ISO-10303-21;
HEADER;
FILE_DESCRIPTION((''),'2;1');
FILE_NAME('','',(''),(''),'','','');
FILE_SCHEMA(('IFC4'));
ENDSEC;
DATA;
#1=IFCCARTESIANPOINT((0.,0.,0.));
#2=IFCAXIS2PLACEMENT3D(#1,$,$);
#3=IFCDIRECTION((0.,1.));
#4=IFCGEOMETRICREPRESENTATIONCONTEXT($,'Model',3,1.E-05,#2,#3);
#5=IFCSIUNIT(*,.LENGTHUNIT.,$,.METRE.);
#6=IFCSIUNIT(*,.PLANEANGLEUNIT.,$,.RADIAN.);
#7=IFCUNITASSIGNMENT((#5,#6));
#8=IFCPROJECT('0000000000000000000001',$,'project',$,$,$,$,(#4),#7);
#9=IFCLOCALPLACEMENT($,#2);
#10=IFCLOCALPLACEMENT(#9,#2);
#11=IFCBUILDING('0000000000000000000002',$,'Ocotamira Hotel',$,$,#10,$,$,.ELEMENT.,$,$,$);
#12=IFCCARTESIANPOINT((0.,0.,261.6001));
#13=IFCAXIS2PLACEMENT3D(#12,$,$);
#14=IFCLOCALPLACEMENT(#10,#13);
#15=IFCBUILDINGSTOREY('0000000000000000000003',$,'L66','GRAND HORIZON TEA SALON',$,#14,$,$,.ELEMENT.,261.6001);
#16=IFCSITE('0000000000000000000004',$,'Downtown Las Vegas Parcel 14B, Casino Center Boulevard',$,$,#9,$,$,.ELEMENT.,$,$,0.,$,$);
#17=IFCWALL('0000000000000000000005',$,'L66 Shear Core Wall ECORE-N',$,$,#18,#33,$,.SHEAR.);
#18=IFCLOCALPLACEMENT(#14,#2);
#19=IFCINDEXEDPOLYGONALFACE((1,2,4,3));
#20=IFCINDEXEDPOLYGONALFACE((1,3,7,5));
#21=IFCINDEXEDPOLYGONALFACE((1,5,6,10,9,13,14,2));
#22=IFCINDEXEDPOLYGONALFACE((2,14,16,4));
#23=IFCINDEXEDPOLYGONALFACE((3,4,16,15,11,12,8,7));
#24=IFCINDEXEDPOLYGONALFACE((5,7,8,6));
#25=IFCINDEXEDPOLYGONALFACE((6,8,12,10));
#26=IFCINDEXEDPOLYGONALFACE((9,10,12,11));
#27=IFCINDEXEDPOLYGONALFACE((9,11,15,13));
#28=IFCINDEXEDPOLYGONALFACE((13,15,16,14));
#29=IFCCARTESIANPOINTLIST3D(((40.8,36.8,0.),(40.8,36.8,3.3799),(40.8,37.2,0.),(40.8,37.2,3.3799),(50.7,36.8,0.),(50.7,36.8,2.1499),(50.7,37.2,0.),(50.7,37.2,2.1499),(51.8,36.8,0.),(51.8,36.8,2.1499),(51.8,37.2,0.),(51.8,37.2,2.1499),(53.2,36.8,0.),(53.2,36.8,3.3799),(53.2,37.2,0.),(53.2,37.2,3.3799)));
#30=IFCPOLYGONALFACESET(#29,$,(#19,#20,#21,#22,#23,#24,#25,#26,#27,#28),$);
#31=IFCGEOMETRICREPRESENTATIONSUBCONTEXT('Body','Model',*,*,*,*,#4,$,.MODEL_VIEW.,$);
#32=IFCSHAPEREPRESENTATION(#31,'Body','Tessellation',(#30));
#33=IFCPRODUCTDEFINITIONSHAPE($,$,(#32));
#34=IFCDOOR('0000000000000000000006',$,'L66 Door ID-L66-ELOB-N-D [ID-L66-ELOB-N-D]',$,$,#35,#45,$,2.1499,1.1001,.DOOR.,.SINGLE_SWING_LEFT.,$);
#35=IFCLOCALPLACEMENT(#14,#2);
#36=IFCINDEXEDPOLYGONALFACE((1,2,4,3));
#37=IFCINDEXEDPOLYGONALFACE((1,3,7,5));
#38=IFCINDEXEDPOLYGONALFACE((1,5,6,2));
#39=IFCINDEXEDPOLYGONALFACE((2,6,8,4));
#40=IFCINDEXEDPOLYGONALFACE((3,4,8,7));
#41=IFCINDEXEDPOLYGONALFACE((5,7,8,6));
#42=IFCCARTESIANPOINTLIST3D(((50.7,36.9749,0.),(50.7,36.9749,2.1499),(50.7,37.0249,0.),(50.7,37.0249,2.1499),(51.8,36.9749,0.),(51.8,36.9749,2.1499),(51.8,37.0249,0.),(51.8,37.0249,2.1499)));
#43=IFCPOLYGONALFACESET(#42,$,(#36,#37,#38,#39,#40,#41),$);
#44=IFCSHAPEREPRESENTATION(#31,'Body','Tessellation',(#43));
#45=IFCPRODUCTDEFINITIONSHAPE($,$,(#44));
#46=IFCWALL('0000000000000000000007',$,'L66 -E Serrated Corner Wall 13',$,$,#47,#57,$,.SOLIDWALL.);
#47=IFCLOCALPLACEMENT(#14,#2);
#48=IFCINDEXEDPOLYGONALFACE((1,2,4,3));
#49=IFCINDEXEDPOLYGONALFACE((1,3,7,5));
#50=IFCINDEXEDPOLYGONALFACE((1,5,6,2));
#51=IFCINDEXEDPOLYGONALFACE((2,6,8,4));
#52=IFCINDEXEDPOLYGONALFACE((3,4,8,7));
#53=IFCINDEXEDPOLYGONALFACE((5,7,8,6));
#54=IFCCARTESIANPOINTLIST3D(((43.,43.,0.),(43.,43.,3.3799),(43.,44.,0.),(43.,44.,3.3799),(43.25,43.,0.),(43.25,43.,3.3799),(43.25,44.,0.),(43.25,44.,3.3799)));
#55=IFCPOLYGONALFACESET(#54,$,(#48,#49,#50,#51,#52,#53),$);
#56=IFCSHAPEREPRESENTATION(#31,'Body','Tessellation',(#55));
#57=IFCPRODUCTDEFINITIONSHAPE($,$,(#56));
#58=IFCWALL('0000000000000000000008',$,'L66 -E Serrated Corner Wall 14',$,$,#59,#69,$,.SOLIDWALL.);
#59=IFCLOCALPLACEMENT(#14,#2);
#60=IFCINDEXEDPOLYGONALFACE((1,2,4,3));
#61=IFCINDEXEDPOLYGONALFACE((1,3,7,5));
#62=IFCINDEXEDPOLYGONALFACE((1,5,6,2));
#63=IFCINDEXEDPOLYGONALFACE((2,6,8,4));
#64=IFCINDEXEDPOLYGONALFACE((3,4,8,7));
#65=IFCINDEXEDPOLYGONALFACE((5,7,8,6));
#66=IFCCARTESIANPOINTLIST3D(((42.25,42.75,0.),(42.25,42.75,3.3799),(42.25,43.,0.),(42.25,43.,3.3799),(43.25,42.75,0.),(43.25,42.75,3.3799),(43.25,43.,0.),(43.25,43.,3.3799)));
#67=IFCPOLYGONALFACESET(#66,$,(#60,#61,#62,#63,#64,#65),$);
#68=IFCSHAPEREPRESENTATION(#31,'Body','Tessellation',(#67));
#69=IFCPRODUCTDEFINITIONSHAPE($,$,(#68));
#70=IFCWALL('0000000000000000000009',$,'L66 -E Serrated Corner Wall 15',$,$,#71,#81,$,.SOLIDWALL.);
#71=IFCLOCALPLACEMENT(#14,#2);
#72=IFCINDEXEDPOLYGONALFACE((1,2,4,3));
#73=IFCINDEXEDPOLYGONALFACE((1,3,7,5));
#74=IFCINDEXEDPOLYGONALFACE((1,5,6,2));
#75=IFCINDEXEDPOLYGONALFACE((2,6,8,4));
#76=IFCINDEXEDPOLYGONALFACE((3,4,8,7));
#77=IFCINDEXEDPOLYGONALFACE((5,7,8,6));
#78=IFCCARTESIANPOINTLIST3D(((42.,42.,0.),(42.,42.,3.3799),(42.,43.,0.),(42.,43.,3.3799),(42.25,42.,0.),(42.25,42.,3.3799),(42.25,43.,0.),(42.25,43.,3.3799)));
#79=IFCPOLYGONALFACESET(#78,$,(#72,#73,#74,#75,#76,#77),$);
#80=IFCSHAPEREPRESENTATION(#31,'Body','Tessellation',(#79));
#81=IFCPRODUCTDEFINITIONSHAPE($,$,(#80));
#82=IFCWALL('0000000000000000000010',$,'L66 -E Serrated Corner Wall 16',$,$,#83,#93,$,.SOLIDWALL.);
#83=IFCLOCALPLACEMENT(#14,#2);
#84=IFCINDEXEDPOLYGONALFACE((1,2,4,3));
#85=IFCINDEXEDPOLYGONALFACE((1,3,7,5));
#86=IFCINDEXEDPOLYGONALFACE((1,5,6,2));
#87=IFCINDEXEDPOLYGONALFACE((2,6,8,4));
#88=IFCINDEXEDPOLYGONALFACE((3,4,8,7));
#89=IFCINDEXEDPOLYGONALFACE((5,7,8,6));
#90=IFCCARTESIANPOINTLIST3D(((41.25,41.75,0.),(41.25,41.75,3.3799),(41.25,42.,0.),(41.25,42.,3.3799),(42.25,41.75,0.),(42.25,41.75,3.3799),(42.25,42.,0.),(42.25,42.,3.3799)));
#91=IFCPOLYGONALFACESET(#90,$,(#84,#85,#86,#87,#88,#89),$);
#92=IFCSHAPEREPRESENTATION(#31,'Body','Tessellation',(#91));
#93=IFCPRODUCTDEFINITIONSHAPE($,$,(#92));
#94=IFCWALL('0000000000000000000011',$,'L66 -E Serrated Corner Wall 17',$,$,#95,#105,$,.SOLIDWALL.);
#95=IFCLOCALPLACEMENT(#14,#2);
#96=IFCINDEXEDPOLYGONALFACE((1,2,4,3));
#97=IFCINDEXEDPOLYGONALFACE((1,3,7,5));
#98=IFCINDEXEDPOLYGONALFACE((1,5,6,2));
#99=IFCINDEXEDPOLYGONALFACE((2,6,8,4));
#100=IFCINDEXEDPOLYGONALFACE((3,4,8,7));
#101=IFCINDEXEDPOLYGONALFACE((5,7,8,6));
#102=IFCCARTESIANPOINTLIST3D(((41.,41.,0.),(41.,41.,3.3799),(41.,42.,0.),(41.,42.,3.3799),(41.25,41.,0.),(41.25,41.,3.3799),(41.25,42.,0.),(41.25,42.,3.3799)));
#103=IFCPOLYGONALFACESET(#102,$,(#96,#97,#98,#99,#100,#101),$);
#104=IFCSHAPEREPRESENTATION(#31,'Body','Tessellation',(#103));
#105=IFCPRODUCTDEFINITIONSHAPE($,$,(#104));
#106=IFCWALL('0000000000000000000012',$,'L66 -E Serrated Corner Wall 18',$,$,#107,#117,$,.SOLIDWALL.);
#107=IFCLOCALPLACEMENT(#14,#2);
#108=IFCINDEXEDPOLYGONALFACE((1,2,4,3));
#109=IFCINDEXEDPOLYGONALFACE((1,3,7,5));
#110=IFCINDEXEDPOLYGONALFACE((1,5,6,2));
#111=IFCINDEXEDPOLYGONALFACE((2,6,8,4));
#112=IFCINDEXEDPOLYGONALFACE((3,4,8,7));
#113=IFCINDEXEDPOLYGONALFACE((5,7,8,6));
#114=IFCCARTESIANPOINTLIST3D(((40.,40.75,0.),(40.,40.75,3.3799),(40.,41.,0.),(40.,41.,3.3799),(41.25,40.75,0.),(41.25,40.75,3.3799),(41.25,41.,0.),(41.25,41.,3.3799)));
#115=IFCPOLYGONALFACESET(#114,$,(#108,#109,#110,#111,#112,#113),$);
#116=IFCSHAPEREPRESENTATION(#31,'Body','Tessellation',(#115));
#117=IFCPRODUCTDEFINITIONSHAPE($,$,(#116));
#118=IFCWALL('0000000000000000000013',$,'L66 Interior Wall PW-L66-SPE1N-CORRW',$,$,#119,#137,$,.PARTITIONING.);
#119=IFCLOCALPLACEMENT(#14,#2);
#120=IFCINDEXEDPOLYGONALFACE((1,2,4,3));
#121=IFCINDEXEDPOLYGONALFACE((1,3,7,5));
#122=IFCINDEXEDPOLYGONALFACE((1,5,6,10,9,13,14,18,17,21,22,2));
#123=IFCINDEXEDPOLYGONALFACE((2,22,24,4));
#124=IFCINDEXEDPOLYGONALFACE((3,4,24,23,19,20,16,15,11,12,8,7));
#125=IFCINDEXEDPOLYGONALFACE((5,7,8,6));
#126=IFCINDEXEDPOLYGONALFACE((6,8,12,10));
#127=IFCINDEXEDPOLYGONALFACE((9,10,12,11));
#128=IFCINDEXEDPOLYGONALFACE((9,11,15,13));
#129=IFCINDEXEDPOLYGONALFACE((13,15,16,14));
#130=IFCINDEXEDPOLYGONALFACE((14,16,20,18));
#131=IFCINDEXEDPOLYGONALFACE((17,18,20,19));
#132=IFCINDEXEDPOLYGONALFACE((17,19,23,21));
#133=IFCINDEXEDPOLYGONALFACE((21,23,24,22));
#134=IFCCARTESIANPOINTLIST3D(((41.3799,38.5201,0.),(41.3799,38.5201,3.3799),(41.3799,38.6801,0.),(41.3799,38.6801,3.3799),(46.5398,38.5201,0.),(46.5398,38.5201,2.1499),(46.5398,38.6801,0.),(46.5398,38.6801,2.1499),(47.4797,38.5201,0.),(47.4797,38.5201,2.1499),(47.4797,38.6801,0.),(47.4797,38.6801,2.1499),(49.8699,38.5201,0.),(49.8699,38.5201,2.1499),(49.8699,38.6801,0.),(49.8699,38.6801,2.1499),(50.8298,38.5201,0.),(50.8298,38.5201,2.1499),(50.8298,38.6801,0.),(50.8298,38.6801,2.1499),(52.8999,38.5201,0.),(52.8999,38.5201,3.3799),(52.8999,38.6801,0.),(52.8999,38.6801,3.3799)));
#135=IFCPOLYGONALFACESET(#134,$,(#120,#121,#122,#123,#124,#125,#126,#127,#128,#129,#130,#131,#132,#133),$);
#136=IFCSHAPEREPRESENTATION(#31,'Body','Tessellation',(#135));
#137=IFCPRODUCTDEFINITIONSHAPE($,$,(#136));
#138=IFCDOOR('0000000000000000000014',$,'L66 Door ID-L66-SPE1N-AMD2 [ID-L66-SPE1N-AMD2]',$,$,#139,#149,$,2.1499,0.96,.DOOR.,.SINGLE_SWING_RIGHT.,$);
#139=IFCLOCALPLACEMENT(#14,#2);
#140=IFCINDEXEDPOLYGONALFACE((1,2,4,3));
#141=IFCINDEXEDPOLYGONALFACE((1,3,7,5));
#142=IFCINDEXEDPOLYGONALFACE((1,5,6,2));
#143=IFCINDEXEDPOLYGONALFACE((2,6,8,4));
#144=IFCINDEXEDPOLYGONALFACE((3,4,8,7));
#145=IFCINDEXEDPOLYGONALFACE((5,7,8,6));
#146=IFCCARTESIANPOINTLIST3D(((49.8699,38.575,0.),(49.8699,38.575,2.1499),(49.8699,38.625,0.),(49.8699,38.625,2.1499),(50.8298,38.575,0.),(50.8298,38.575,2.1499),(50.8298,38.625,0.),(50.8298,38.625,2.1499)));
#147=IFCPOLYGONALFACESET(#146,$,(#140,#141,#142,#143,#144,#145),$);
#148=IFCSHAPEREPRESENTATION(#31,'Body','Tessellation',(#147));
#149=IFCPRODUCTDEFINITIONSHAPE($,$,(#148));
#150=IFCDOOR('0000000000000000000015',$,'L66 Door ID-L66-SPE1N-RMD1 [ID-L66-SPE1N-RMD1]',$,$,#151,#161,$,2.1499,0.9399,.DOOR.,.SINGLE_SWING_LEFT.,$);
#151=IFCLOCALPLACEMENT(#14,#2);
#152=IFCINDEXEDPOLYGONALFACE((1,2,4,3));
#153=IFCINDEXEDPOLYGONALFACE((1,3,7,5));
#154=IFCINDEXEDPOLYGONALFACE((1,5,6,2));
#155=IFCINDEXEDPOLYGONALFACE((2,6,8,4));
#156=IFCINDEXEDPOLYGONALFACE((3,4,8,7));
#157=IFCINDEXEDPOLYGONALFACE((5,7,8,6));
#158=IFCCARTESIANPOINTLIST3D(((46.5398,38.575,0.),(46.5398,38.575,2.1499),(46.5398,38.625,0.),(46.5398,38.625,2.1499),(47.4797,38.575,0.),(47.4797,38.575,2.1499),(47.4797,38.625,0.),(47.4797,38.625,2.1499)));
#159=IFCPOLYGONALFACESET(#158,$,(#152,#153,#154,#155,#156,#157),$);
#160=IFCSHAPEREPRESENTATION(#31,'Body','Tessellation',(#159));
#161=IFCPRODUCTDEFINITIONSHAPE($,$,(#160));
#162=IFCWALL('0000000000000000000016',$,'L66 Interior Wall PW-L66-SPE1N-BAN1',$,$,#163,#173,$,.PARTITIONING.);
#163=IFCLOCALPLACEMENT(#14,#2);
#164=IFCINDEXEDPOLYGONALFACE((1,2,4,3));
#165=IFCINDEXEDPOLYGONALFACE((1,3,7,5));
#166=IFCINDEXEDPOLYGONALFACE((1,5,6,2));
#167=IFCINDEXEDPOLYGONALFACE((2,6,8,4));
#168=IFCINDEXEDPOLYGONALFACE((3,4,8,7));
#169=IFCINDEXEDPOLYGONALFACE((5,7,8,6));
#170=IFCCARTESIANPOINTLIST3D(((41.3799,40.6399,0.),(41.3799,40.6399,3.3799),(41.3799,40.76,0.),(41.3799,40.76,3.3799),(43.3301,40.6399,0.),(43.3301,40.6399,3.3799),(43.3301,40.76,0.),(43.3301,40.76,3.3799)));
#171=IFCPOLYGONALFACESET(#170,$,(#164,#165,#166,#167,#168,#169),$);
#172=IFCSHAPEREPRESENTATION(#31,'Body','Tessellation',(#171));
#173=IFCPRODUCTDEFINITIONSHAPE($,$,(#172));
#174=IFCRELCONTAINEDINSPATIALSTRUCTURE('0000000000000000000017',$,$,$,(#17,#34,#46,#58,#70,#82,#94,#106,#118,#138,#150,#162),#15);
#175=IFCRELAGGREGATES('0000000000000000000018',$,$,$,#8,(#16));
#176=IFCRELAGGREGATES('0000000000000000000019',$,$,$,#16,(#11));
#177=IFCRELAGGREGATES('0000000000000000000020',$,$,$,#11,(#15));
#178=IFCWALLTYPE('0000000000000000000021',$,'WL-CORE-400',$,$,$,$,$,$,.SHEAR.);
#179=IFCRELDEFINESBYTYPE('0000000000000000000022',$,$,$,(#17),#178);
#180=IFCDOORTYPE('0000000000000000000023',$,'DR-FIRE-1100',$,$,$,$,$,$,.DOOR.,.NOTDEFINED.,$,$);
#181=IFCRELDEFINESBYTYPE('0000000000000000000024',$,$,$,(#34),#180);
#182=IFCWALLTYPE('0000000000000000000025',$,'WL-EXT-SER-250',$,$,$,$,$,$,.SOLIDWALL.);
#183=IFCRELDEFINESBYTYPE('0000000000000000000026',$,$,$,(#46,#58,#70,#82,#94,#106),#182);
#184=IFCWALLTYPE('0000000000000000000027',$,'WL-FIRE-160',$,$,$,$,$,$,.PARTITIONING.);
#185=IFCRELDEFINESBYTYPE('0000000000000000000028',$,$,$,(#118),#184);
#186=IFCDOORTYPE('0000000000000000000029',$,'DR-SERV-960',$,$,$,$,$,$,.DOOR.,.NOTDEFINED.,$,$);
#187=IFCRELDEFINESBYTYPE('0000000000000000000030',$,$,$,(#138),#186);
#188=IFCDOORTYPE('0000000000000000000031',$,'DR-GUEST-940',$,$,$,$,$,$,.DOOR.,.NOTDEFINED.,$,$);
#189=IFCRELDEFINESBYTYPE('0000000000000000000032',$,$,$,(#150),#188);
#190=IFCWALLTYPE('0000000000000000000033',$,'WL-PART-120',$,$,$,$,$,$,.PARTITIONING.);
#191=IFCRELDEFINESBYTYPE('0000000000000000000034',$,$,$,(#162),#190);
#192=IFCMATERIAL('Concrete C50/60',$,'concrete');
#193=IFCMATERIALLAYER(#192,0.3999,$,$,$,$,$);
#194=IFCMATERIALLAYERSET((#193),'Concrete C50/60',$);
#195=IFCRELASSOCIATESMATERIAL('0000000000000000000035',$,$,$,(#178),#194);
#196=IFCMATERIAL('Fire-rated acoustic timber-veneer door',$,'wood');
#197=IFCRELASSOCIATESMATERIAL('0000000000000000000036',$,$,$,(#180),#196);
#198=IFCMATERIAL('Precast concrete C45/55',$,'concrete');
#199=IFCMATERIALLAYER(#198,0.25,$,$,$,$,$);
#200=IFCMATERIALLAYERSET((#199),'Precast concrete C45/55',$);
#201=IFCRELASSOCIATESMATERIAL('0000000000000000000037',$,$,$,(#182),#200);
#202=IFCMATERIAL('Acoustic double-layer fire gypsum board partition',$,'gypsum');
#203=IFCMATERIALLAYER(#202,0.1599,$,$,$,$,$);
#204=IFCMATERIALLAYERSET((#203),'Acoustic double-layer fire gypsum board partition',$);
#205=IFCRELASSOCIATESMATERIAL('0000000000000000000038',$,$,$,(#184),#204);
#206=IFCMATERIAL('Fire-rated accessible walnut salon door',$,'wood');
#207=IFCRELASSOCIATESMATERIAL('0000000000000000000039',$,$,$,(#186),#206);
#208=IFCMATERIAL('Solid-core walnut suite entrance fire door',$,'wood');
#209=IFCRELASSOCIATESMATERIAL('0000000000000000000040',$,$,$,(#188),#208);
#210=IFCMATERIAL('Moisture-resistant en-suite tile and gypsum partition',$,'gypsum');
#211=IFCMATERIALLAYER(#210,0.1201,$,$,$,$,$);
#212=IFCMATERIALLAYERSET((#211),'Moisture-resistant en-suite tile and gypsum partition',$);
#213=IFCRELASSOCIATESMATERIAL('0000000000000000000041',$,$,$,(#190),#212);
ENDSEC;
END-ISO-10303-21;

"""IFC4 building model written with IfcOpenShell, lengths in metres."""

from ifc_helpers import new_model, si_unit, direction, frame, frame_2d, origin, place, context, subcontext, project, spatial, rectangle, extrude, source, transform, mapped, material, layer, layer_set, type_object, element, fill, save


model = new_model("IFC4")

# Units and contexts
model_context = context("Model", 3, precision=1e-05, world=origin(), true_north=direction((0.0, 1.0)))
body_context = subcontext(model_context, "Body", "Model", "MODEL_VIEW")
ifc_project = project(units=[si_unit("LENGTHUNIT", "METRE"), si_unit("PLANEANGLEUNIT", "RADIAN")], contexts=[model_context])

# Site, building, storey
site_placement = place(None, origin())
site = spatial("IfcSite", under=ifc_project, at=site_placement, Name="Downtown Las Vegas Parcel 14B, Casino Center Boulevard", CompositionType="ELEMENT", RefElevation=0.0)
building_placement = place(site_placement, origin())
building = spatial("IfcBuilding", under=site, at=building_placement, Name="Ocotamira Hotel", CompositionType="ELEMENT")
storey_placement = place(building_placement, frame((0.0, 0.0, 261.6001)))
storey = spatial("IfcBuildingStorey", under=building, at=storey_placement, Name="L66", Description="GRAND HORIZON TEA SALON", CompositionType="ELEMENT", Elevation=261.6001)

# Shared definitions
ifc_material_1 = material(Name="Concrete C50/60", Category="concrete")

# Wall, opening, door
ifc_layer_1 = layer(ifc_material_1, 0.3999)
ifc_layer_set_1 = layer_set([ifc_layer_1], Name="Concrete C50/60")
wall_type_1 = type_object("IfcWallType", Name="WL-CORE-400", PredefinedType="SHEAR", material=ifc_layer_set_1)
wall_1_placement = place(storey_placement, frame((40.8, 37.0, 0.0), z_axis=(0.0, 0.0, 1.0), x_axis=(1.0, 0.0, 0.0)))
wall_1 = element("IfcWall", 1, at=wall_1_placement, inside=storey, type_object=wall_type_1, Name="L66 Shear Core Wall ECORE-N", PredefinedType="SHEAR", context=body_context, shape_type="SweptSolid", body=[
    extrude(rectangle(XDim=12.3999, YDim=0.3999, at=frame_2d((6.2, 0.0))), origin(), (0.0, 0.0, 1.0), 3.3799),
])
opening_1_placement = place(wall_1_placement, frame((9.8999, 0.0, 0.0)))
opening_1 = element("IfcOpeningElement", 2, at=opening_1_placement, cuts=wall_1, PredefinedType="OPENING", context=body_context, shape_type="SweptSolid", body=[
    extrude(rectangle(XDim=1.1001, YDim=2.1499, at=frame_2d((0.55, 1.075))), frame((0.0, 0.21, 0.0), z_axis=(0.0, -1.0, 0.0), x_axis=(1.0, 0.0, 0.0)), (0.0, 0.0, 1.0), 0.4199),
])
ifc_material_2 = material(Name="Fire-rated acoustic timber-veneer door", Category="wood")
door_type_1 = type_object("IfcDoorType", Name="DR-FIRE-1100", OperationType="NOTDEFINED", PredefinedType="DOOR", material=ifc_material_2)
shared_shape_1 = source(origin(), body_context, "Body", "SweptSolid", [
    extrude(rectangle(XDim=1.1001, YDim=2.1499, at=frame_2d((0.55, 1.075))), frame((0.0, 0.0249, 0.0), z_axis=(0.0, -1.0, 0.0), x_axis=(1.0, 0.0, 0.0)), (0.0, 0.0, 1.0), 0.05),
])
door_1_placement = place(opening_1_placement, origin())
door_1 = element("IfcDoor", 3, at=door_1_placement, inside=storey, type_object=door_type_1, Name="L66 Door ID-L66-ELOB-N-D [ID-L66-ELOB-N-D]", OperationType="SINGLE_SWING_LEFT", OverallHeight=2.1499, OverallWidth=1.1001, PredefinedType="DOOR", context=body_context, shape_type="MappedRepresentation", body=[
    mapped(shared_shape_1, transform((0.0, 0.0, 0.0), scale=1.0)),
])
fill(opening_1, door_1)

# Walls
ifc_material_3 = material(Name="Precast concrete C45/55", Category="concrete")
ifc_layer_2 = layer(ifc_material_3, 0.25)
ifc_layer_set_2 = layer_set([ifc_layer_2], Name="Precast concrete C45/55")
wall_type_2 = type_object("IfcWallType", Name="WL-EXT-SER-250", PredefinedType="SOLIDWALL", material=ifc_layer_set_2)
for number, where, z_axis, x_axis, name in (
    (4, (43.125, 44.0, 0.0), (0.0, 0.0, 1.0), (0.0, -1.0, 0.0), "L66 -E Serrated Corner Wall 13"),
    (5, (43.25, 42.875, 0.0), (0.0, 0.0, 1.0), (-1.0, 0.0, 0.0), "L66 -E Serrated Corner Wall 14"),
    (6, (42.125, 43.0, 0.0), (0.0, 0.0, 1.0), (0.0, -1.0, 0.0), "L66 -E Serrated Corner Wall 15"),
    (7, (42.25, 41.875, 0.0), (0.0, 0.0, 1.0), (-1.0, 0.0, 0.0), "L66 -E Serrated Corner Wall 16"),
    (8, (41.125, 42.0, 0.0), (0.0, 0.0, 1.0), (0.0, -1.0, 0.0), "L66 -E Serrated Corner Wall 17"),
):
    element("IfcWall", number, at=place(storey_placement, frame(where, z_axis=z_axis, x_axis=x_axis)), inside=storey, type_object=wall_type_2, Name=name, PredefinedType="SOLIDWALL", context=body_context, shape_type="SweptSolid", body=[
        extrude(rectangle(XDim=1.0, YDim=0.25, at=frame_2d((0.5, 0.0))), origin(), (0.0, 0.0, 1.0), 3.3799),
    ])
wall_2_placement = place(storey_placement, frame((41.25, 40.875, 0.0), z_axis=(0.0, 0.0, 1.0), x_axis=(-1.0, 0.0, 0.0)))
element("IfcWall", 9, at=wall_2_placement, inside=storey, type_object=wall_type_2, Name="L66 -E Serrated Corner Wall 18", PredefinedType="SOLIDWALL", context=body_context, shape_type="SweptSolid", body=[
    extrude(rectangle(XDim=1.25, YDim=0.25, at=frame_2d((0.625, 0.0))), origin(), (0.0, 0.0, 1.0), 3.3799),
])

# Wall, openings, doors
ifc_material_4 = material(Name="Acoustic double-layer fire gypsum board partition", Category="gypsum")
ifc_layer_3 = layer(ifc_material_4, 0.1599)
ifc_layer_set_3 = layer_set([ifc_layer_3], Name="Acoustic double-layer fire gypsum board partition")
wall_type_3 = type_object("IfcWallType", Name="WL-FIRE-160", PredefinedType="PARTITIONING", material=ifc_layer_set_3)
wall_3_placement = place(storey_placement, frame((41.3799, 38.6001, 0.0), z_axis=(0.0, 0.0, 1.0), x_axis=(1.0, 0.0, 0.0)))
wall_3 = element("IfcWall", 10, at=wall_3_placement, inside=storey, type_object=wall_type_3, Name="L66 Interior Wall PW-L66-SPE1N-CORRW", PredefinedType="PARTITIONING", context=body_context, shape_type="SweptSolid", body=[
    extrude(rectangle(XDim=11.52, YDim=0.1599, at=frame_2d((5.76, 0.0))), origin(), (0.0, 0.0, 1.0), 3.3799),
])
opening_2_placement = place(wall_3_placement, frame((5.1599, 0.0, 0.0)))
opening_2 = element("IfcOpeningElement", 11, at=opening_2_placement, cuts=wall_3, PredefinedType="OPENING", context=body_context, shape_type="SweptSolid", body=[
    extrude(rectangle(XDim=0.9399, YDim=2.1499, at=frame_2d((0.47, 1.075))), frame((0.0, 0.0898, 0.0), z_axis=(0.0, -1.0, 0.0), x_axis=(1.0, 0.0, 0.0)), (0.0, 0.0, 1.0), 0.1799),
])
opening_3_placement = place(wall_3_placement, frame((8.49, 0.0, 0.0)))
opening_3 = element("IfcOpeningElement", 12, at=opening_3_placement, cuts=wall_3, PredefinedType="OPENING", context=body_context, shape_type="SweptSolid", body=[
    extrude(rectangle(XDim=0.96, YDim=2.1499, at=frame_2d((0.48, 1.075))), frame((0.0, 0.0898, 0.0), z_axis=(0.0, -1.0, 0.0), x_axis=(1.0, 0.0, 0.0)), (0.0, 0.0, 1.0), 0.1799),
])
ifc_material_5 = material(Name="Fire-rated accessible walnut salon door", Category="wood")
door_type_2 = type_object("IfcDoorType", Name="DR-SERV-960", OperationType="NOTDEFINED", PredefinedType="DOOR", material=ifc_material_5)
shared_shape_2 = source(origin(), body_context, "Body", "SweptSolid", [
    extrude(rectangle(XDim=0.96, YDim=2.1499, at=frame_2d((0.48, 1.075))), frame((0.0, 0.0249, 0.0), z_axis=(0.0, -1.0, 0.0), x_axis=(1.0, 0.0, 0.0)), (0.0, 0.0, 1.0), 0.05),
])
door_2_placement = place(opening_3_placement, origin())
door_2 = element("IfcDoor", 13, at=door_2_placement, inside=storey, type_object=door_type_2, Name="L66 Door ID-L66-SPE1N-AMD2 [ID-L66-SPE1N-AMD2]", OperationType="SINGLE_SWING_RIGHT", OverallHeight=2.1499, OverallWidth=0.96, PredefinedType="DOOR", context=body_context, shape_type="MappedRepresentation", body=[
    mapped(shared_shape_2, transform((0.0, 0.0, 0.0), scale=1.0)),
])
fill(opening_3, door_2)
ifc_material_6 = material(Name="Solid-core walnut suite entrance fire door", Category="wood")
door_type_3 = type_object("IfcDoorType", Name="DR-GUEST-940", OperationType="NOTDEFINED", PredefinedType="DOOR", material=ifc_material_6)
shared_shape_3 = source(origin(), body_context, "Body", "SweptSolid", [
    extrude(rectangle(XDim=0.9399, YDim=2.1499, at=frame_2d((0.47, 1.075))), frame((0.0, 0.0249, 0.0), z_axis=(0.0, -1.0, 0.0), x_axis=(1.0, 0.0, 0.0)), (0.0, 0.0, 1.0), 0.05),
])
door_3_placement = place(opening_2_placement, origin())
door_3 = element("IfcDoor", 14, at=door_3_placement, inside=storey, type_object=door_type_3, Name="L66 Door ID-L66-SPE1N-RMD1 [ID-L66-SPE1N-RMD1]", OperationType="SINGLE_SWING_LEFT", OverallHeight=2.1499, OverallWidth=0.9399, PredefinedType="DOOR", context=body_context, shape_type="MappedRepresentation", body=[
    mapped(shared_shape_3, transform((0.0, 0.0, 0.0), scale=1.0)),
])
fill(opening_2, door_3)

# Wall
ifc_material_7 = material(Name="Moisture-resistant en-suite tile and gypsum partition", Category="gypsum")
ifc_layer_4 = layer(ifc_material_7, 0.1201)
ifc_layer_set_4 = layer_set([ifc_layer_4], Name="Moisture-resistant en-suite tile and gypsum partition")
wall_type_4 = type_object("IfcWallType", Name="WL-PART-120", PredefinedType="PARTITIONING", material=ifc_layer_set_4)
wall_4_placement = place(storey_placement, frame((41.3799, 40.7, 0.0), z_axis=(0.0, 0.0, 1.0), x_axis=(1.0, 0.0, 0.0)))
element("IfcWall", 15, at=wall_4_placement, inside=storey, type_object=wall_type_4, Name="L66 Interior Wall PW-L66-SPE1N-BAN1", PredefinedType="PARTITIONING", context=body_context, shape_type="SweptSolid", body=[
    extrude(rectangle(XDim=1.9502, YDim=0.1201, at=frame_2d((0.9751, 0.0))), origin(), (0.0, 0.0, 1.0), 3.3799),
])

save(model, "model.ifc")
